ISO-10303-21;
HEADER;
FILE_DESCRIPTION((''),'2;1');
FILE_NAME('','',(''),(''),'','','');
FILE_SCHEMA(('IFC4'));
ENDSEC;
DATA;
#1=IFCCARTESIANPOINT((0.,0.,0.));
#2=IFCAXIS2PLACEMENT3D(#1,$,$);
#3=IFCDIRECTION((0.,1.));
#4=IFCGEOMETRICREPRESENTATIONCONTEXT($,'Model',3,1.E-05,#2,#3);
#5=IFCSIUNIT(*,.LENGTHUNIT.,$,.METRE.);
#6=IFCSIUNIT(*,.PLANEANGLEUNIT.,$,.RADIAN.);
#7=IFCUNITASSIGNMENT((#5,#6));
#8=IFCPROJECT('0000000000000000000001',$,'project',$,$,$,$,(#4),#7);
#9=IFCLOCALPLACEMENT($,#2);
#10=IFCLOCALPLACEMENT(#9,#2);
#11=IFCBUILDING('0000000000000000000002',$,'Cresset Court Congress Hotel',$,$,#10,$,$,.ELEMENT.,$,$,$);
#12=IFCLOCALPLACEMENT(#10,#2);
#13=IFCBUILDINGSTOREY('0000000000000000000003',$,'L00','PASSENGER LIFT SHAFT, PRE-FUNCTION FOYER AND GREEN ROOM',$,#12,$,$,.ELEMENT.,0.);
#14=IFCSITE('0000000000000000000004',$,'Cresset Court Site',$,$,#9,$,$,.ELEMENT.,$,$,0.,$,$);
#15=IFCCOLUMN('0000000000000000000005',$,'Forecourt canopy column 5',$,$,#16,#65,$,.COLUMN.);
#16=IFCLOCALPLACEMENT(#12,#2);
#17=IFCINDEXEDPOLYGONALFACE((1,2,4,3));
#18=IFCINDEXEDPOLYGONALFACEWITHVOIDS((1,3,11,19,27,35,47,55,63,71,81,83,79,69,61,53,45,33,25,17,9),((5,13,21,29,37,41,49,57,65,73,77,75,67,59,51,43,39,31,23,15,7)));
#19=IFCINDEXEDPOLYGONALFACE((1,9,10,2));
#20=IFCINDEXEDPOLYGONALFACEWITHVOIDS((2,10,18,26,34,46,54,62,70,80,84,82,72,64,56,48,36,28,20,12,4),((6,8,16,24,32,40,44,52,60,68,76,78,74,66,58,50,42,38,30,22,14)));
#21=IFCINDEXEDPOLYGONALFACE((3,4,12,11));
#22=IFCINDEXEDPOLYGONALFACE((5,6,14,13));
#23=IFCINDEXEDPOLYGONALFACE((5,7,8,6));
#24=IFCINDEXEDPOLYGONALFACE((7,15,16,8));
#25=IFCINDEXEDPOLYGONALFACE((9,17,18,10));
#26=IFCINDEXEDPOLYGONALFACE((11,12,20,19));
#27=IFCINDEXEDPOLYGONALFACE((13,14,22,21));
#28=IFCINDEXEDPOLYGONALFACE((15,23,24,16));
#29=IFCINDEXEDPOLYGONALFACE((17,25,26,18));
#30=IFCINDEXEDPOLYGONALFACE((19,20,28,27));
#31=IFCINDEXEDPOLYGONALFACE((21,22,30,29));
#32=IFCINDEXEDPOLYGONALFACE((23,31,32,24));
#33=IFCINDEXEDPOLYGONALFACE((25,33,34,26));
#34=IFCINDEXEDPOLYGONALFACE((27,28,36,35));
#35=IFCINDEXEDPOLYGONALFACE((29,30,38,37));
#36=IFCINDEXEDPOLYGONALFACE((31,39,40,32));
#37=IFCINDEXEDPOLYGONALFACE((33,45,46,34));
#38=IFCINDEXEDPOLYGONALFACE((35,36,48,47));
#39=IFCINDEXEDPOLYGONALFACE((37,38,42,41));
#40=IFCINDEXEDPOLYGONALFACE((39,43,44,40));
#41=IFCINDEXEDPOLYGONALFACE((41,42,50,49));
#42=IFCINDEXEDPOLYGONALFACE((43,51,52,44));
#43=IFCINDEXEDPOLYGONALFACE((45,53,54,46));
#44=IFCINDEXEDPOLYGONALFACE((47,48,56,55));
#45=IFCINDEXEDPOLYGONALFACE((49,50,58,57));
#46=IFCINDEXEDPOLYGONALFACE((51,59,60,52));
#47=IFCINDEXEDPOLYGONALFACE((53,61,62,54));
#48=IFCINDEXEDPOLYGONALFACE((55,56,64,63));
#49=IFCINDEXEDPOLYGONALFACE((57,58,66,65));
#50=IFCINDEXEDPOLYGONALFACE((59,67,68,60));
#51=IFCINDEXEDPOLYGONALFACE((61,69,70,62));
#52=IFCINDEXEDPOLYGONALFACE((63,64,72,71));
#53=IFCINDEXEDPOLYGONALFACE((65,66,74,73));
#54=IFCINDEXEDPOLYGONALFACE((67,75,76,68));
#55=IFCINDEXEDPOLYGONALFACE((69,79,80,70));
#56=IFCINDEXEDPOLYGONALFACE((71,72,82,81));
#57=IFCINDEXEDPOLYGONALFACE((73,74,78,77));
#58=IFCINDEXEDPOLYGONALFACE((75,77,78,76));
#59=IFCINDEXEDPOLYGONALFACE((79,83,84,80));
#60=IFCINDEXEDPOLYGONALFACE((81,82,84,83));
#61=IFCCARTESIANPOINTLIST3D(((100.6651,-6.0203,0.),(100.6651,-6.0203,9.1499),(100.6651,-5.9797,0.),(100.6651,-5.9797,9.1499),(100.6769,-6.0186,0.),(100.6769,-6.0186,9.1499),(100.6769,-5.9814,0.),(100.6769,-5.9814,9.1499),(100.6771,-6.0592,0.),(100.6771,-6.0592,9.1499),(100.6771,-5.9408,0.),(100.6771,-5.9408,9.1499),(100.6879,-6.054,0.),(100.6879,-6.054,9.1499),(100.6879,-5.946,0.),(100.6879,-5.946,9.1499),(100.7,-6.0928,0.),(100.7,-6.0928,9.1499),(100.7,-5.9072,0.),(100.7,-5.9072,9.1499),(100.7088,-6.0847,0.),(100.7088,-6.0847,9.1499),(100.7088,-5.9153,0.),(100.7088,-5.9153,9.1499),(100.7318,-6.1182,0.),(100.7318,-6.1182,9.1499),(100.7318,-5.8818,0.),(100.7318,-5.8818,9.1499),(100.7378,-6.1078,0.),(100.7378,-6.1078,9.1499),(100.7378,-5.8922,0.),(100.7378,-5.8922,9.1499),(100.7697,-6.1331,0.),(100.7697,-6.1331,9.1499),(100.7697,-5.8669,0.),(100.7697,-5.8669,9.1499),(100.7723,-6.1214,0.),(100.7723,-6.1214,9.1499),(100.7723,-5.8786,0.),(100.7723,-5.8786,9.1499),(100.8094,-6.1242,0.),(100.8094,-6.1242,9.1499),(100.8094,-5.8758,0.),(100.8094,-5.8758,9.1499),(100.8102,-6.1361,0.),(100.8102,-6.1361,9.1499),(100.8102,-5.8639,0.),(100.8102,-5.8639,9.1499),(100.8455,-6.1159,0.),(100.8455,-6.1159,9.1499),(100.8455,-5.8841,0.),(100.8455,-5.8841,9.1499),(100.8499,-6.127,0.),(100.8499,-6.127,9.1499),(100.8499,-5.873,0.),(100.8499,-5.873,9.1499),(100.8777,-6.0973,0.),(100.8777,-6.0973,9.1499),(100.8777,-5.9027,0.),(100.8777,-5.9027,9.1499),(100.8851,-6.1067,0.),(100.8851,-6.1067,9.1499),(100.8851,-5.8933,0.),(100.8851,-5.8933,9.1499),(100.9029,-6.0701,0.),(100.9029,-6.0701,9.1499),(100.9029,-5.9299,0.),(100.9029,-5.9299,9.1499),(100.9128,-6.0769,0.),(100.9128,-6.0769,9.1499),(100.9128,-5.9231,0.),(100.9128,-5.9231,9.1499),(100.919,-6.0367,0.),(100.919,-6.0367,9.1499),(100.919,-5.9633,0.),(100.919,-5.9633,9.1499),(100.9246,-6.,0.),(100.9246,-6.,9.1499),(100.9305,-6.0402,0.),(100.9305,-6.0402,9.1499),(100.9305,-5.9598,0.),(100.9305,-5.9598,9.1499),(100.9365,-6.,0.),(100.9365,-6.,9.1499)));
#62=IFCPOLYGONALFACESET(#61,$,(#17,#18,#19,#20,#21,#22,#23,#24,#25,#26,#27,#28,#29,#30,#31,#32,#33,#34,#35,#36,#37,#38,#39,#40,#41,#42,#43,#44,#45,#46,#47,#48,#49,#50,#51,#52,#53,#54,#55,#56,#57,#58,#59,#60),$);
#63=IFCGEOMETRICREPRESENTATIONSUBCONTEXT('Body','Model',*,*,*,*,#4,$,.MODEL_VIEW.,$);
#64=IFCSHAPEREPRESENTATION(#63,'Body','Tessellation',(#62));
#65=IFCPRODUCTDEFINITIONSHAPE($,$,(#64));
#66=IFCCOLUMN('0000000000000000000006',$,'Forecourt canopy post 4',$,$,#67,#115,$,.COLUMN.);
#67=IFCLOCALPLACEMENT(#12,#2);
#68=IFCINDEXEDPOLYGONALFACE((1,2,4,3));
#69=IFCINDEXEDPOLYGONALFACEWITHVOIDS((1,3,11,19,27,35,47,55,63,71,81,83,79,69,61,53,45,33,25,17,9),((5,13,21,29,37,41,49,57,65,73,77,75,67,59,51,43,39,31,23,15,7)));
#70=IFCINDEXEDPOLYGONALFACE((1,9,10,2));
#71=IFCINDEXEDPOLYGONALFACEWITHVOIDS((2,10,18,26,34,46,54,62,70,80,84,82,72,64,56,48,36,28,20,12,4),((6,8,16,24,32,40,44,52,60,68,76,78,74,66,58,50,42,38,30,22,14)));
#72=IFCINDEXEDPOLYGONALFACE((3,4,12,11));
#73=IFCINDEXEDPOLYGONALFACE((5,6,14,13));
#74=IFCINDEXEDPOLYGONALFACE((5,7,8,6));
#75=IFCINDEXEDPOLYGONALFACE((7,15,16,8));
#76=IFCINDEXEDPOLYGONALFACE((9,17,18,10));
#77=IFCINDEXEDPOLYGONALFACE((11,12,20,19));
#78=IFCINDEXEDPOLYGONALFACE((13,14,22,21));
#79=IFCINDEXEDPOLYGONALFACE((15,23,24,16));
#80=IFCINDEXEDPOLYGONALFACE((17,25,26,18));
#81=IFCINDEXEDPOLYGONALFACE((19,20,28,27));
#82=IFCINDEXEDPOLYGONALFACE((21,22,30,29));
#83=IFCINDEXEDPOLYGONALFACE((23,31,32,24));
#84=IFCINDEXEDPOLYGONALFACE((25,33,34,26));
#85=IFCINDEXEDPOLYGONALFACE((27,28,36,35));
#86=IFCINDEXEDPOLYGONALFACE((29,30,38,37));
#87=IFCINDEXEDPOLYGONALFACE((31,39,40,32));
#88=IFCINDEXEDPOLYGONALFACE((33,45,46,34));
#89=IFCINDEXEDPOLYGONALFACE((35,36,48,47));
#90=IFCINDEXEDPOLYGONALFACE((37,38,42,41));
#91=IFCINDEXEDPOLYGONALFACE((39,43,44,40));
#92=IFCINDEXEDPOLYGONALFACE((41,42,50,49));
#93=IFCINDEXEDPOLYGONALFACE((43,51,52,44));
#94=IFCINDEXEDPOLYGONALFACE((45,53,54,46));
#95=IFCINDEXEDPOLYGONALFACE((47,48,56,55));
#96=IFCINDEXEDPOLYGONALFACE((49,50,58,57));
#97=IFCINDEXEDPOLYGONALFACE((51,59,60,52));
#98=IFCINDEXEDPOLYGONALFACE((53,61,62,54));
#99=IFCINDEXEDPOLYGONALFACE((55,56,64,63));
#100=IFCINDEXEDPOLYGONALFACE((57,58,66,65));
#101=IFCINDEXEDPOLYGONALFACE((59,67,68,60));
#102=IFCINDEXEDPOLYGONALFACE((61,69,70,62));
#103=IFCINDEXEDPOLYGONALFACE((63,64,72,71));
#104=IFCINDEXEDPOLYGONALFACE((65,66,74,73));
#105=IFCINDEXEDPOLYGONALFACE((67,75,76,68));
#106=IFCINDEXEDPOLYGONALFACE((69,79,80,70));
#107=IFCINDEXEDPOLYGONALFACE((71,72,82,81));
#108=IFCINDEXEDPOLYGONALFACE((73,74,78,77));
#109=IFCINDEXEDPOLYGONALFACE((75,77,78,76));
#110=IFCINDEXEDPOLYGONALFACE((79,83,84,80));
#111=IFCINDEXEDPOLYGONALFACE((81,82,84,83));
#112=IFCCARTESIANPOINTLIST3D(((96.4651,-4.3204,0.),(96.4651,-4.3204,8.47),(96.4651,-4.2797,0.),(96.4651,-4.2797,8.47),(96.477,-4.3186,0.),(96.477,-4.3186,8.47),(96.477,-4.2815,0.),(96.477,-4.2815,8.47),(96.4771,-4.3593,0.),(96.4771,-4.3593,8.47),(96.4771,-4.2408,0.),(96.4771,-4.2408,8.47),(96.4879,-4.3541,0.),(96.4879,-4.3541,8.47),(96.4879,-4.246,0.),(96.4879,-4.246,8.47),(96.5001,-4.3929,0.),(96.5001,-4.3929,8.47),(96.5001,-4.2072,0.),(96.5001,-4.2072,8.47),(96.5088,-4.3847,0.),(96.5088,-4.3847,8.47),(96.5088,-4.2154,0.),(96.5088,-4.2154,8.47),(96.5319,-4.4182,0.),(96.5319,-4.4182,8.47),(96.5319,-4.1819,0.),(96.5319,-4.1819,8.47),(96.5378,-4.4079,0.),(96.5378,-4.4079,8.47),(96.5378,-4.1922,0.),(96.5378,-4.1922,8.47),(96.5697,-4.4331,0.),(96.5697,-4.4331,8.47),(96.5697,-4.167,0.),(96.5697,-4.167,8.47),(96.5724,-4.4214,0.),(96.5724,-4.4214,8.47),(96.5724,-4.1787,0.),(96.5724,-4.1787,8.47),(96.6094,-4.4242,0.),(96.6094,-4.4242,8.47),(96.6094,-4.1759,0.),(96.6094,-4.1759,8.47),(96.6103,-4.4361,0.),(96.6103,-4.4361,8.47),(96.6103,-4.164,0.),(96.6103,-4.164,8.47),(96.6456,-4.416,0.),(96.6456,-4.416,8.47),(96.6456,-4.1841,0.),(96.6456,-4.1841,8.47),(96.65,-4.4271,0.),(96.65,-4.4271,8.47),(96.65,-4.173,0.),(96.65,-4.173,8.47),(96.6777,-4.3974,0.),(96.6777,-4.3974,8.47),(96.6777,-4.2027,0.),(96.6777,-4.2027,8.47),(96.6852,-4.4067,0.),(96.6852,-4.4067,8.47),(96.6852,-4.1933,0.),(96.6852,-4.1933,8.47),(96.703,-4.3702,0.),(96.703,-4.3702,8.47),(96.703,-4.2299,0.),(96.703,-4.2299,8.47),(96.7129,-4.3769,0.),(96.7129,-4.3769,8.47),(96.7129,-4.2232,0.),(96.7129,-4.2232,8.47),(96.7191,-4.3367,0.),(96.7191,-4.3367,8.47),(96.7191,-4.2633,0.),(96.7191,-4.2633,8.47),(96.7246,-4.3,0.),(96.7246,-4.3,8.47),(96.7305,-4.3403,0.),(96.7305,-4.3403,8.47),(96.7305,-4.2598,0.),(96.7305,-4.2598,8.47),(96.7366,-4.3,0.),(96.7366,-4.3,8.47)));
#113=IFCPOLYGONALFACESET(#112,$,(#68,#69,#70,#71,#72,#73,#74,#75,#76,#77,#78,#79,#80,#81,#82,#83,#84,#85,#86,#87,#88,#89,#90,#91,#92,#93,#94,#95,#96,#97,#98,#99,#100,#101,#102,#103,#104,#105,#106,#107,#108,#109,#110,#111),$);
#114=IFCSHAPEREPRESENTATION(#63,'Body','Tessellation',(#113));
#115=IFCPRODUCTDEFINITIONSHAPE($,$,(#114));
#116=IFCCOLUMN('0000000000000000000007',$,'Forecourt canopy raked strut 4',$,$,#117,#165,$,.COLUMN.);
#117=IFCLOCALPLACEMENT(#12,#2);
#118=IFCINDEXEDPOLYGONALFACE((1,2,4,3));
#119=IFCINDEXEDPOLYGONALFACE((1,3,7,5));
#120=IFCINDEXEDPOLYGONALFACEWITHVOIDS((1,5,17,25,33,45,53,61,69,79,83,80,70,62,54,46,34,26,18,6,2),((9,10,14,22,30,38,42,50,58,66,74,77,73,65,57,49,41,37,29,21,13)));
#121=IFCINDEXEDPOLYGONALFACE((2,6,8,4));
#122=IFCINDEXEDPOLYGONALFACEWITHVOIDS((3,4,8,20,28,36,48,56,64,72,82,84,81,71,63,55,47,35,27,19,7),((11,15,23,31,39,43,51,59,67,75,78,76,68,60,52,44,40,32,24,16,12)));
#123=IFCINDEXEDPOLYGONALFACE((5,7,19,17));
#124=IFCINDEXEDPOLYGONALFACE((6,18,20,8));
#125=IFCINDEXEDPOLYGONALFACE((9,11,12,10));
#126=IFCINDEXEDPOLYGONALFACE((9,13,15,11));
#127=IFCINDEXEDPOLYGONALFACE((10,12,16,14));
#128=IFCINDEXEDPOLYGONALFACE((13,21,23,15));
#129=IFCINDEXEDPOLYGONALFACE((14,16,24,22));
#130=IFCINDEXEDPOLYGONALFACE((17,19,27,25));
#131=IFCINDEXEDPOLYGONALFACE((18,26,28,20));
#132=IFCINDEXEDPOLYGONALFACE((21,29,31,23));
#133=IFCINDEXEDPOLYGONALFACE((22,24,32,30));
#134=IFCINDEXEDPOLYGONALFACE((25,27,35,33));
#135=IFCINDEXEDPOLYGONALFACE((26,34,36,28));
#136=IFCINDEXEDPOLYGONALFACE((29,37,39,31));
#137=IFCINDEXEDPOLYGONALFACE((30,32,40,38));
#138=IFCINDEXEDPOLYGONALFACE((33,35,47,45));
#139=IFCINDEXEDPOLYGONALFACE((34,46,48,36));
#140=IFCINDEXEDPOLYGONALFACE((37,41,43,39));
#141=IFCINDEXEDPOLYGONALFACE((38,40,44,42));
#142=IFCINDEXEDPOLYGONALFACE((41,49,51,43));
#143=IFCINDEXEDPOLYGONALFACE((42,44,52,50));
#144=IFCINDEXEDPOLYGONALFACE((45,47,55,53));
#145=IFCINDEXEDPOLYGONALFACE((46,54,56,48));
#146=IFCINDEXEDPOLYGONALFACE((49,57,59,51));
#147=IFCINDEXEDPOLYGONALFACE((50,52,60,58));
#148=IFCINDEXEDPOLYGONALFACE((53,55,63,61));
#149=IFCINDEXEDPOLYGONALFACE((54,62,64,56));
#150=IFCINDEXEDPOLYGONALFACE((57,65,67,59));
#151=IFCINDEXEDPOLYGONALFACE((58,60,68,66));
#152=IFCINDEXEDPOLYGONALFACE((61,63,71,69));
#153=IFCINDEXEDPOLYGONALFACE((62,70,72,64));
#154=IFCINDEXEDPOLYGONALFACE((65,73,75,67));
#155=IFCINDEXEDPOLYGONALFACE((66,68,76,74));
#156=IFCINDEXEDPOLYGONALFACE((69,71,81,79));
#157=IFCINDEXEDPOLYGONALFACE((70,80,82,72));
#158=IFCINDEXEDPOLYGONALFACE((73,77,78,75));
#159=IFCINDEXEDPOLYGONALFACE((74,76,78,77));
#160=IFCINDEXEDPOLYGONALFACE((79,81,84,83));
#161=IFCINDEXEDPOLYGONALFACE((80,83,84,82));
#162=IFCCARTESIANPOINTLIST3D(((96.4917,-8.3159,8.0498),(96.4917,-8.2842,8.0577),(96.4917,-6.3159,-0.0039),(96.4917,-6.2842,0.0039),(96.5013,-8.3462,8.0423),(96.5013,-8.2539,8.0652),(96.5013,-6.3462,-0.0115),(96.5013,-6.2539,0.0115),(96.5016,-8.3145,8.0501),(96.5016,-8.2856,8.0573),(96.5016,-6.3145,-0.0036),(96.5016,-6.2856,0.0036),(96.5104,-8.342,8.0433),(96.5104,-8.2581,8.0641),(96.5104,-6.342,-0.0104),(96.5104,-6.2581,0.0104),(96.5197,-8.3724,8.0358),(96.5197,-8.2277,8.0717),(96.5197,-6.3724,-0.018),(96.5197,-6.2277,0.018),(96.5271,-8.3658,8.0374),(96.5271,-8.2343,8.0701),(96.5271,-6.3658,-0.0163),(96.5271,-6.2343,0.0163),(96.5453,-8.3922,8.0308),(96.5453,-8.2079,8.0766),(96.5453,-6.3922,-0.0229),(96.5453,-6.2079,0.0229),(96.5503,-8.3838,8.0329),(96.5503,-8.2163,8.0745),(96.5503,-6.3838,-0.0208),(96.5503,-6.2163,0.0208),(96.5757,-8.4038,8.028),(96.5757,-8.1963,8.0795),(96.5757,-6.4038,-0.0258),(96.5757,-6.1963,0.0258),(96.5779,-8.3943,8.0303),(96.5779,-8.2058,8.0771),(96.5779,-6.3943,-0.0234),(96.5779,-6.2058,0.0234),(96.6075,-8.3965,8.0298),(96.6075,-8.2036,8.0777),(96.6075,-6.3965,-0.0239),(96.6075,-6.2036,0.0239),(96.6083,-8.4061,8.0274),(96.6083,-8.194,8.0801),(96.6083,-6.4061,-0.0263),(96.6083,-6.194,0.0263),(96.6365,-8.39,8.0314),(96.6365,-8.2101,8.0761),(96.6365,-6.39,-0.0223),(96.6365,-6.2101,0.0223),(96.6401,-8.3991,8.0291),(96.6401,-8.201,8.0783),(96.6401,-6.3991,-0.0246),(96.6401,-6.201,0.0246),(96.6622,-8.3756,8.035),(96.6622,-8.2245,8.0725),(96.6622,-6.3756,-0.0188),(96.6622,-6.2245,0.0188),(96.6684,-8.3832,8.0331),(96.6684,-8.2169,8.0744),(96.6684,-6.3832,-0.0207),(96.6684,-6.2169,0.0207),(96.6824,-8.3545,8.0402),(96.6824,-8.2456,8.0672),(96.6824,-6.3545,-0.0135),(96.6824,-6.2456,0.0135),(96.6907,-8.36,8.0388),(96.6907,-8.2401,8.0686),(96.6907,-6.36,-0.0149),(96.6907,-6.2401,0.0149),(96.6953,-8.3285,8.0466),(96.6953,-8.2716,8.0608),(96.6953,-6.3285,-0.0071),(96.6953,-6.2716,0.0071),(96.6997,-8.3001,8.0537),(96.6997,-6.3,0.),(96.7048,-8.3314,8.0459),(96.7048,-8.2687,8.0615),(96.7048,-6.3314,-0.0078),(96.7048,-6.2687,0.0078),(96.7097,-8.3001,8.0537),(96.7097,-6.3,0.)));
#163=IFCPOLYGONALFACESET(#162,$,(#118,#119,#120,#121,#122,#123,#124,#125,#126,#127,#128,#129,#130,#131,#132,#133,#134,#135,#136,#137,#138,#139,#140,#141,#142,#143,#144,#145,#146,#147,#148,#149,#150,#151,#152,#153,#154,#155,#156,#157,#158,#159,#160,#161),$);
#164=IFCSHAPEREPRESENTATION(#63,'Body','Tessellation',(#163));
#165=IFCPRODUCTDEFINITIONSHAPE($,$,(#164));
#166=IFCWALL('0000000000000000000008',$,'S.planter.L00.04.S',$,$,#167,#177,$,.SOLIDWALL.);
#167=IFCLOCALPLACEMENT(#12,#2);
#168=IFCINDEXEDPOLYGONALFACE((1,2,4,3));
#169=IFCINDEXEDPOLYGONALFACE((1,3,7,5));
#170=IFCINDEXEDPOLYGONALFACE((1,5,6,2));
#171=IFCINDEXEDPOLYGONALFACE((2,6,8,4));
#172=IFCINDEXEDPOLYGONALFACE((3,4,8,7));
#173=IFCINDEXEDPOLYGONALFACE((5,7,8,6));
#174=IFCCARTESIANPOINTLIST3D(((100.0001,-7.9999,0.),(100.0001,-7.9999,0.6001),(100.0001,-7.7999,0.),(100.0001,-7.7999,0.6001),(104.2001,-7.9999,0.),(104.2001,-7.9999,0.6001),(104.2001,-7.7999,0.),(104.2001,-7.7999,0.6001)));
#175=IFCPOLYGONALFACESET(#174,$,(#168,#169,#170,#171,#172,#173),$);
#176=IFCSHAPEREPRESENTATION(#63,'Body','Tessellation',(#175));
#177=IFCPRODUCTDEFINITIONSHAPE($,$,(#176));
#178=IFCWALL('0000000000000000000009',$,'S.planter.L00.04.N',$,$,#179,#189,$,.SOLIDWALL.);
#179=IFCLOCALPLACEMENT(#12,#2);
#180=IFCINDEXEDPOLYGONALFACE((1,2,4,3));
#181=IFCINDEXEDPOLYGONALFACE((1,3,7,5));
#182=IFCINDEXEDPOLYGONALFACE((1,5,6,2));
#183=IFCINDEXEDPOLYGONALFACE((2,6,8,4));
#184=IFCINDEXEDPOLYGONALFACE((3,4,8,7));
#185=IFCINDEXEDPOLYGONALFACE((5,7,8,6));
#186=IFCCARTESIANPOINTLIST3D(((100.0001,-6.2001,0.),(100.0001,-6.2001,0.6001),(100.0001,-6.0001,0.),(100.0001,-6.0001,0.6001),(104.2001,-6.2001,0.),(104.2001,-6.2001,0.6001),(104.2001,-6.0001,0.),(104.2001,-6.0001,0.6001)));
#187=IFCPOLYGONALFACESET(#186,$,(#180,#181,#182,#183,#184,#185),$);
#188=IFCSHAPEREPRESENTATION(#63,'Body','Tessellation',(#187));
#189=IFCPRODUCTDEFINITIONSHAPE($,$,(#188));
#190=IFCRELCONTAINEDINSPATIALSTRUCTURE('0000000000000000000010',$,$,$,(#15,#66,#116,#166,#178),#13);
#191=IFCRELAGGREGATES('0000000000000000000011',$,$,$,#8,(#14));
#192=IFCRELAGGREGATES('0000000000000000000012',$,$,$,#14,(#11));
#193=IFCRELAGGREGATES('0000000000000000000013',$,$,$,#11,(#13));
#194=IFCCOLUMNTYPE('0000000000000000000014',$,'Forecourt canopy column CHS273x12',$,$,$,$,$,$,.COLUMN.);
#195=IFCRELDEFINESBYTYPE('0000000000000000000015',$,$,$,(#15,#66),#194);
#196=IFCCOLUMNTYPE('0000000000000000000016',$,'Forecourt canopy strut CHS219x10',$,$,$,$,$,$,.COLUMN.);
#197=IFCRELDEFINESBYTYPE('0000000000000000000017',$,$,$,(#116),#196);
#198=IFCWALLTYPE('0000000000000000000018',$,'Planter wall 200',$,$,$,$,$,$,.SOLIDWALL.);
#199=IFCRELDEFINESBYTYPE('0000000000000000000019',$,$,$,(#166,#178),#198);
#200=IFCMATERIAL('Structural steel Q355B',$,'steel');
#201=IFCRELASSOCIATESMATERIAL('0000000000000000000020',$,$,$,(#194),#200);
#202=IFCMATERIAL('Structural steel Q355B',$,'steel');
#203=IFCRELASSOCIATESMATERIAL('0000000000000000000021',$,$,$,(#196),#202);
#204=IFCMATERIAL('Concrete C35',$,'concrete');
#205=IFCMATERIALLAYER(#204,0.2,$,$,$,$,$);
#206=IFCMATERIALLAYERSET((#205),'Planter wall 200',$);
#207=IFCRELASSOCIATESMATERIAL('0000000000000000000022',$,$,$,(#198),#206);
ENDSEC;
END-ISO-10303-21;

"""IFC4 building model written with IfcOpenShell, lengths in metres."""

from ifc_helpers import new_model, si_unit, direction, frame, frame_2d, origin, origin_2d, place, context, subcontext, project, spatial, rectangle, hollow_circle, extrude, material, layer, layer_set, material_profile, profile_set, type_object, element, save


model = new_model("IFC4")

# Units and contexts
model_context = context("Model", 3, precision=1e-05, world=origin(), true_north=direction((0.0, 1.0)))
body_context = subcontext(model_context, "Body", "Model", "MODEL_VIEW")
ifc_project = project(units=[si_unit("LENGTHUNIT", "METRE"), si_unit("PLANEANGLEUNIT", "RADIAN")], contexts=[model_context])

# Site, building, storey
site_placement = place(None, origin())
site = spatial("IfcSite", under=ifc_project, at=site_placement, Name="Cresset Court Site", CompositionType="ELEMENT", RefElevation=0.0)
building_placement = place(site_placement, origin())
building = spatial("IfcBuilding", under=site, at=building_placement, Name="Cresset Court Congress Hotel", CompositionType="ELEMENT")
storey_placement = place(building_placement, origin())
storey = spatial("IfcBuildingStorey", under=building, at=storey_placement, Name="L00", Description="PASSENGER LIFT SHAFT, PRE-FUNCTION FOYER AND GREEN ROOM", CompositionType="ELEMENT", Elevation=0.0)

# Columns
ifc_material_1 = material(Name="Structural steel Q355B", Category="steel")
ifc_material_profile_1 = material_profile(ifc_material_1, hollow_circle(Radius=0.1365, WallThickness=0.012, at=origin_2d()), Name="CHS273x12")
ifc_profile_set_1 = profile_set([ifc_material_profile_1], Name="Structural steel Q355B")
column_type_1 = type_object("IfcColumnType", Name="Forecourt canopy column CHS273x12", PredefinedType="COLUMN", material=ifc_profile_set_1)
column_1_placement = place(storey_placement, frame((100.8, -6.0, 0.0), z_axis=(0.0, 0.0, 1.0), x_axis=(1.0, 0.0, 0.0)))
element("IfcColumn", 1, at=column_1_placement, inside=storey, type_object=column_type_1, Name="Forecourt canopy column 5", PredefinedType="COLUMN", context=body_context, shape_type="SweptSolid", body=[
    extrude(hollow_circle(Radius=0.1365, WallThickness=0.012, at=origin_2d()), origin(), (0.0, 0.0, 1.0), 9.1499),
])
column_2_placement = place(storey_placement, frame((96.6001, -4.3, 0.0), z_axis=(0.0, 0.0, 1.0), x_axis=(1.0, 0.0, 0.0)))
element("IfcColumn", 2, at=column_2_placement, inside=storey, type_object=column_type_1, Name="Forecourt canopy post 4", PredefinedType="COLUMN", context=body_context, shape_type="SweptSolid", body=[
    extrude(hollow_circle(Radius=0.1365, WallThickness=0.012, at=origin_2d()), origin(), (0.0, 0.0, 1.0), 8.47),
])
ifc_material_2 = material(Name="Structural steel Q355B", Category="steel")
ifc_material_profile_2 = material_profile(ifc_material_2, hollow_circle(Radius=0.1096, WallThickness=0.01, at=origin_2d()), Name="CHS219x10")
ifc_profile_set_2 = profile_set([ifc_material_profile_2], Name="Structural steel Q355B")
column_type_2 = type_object("IfcColumnType", Name="Forecourt canopy strut CHS219x10", PredefinedType="COLUMN", material=ifc_profile_set_2)
column_3_placement = place(storey_placement, frame((96.6001, -6.3, 0.0), z_axis=(0.0, -0.241012, 0.970522), x_axis=(1.0, 0.0, 0.0)))
element("IfcColumn", 3, at=column_3_placement, inside=storey, type_object=column_type_2, Name="Forecourt canopy raked strut 4", PredefinedType="COLUMN", context=body_context, shape_type="SweptSolid", body=[
    extrude(hollow_circle(Radius=0.1096, WallThickness=0.01, at=origin_2d()), origin(), (0.0, 0.0, 1.0), 8.2983),
])

# Walls
ifc_material_3 = material(Name="Concrete C35", Category="concrete")
ifc_layer_1 = layer(ifc_material_3, 0.2)
ifc_layer_set_1 = layer_set([ifc_layer_1], Name="Planter wall 200")
wall_type_1 = type_object("IfcWallType", Name="Planter wall 200", PredefinedType="SOLIDWALL", material=ifc_layer_set_1)
for number, where, z_axis, x_axis, name in (
    (4, (100.0, -7.8999, 0.0), (0.0, 0.0, 1.0), (1.0, 0.0, 0.0), "S.planter.L00.04.S"),
    (5, (100.0, -6.1001, 0.0), (0.0, 0.0, 1.0), (1.0, 0.0, 0.0), "S.planter.L00.04.N"),
):
    element("IfcWall", number, at=place(storey_placement, frame(where, z_axis=z_axis, x_axis=x_axis)), inside=storey, type_object=wall_type_1, Name=name, PredefinedType="SOLIDWALL", context=body_context, shape_type="SweptSolid", body=[
        extrude(rectangle(XDim=4.2, YDim=0.2, at=frame_2d((2.1001, 0.0))), origin(), (0.0, 0.0, 1.0), 0.6001),
    ])

save(model, "model.ifc")
